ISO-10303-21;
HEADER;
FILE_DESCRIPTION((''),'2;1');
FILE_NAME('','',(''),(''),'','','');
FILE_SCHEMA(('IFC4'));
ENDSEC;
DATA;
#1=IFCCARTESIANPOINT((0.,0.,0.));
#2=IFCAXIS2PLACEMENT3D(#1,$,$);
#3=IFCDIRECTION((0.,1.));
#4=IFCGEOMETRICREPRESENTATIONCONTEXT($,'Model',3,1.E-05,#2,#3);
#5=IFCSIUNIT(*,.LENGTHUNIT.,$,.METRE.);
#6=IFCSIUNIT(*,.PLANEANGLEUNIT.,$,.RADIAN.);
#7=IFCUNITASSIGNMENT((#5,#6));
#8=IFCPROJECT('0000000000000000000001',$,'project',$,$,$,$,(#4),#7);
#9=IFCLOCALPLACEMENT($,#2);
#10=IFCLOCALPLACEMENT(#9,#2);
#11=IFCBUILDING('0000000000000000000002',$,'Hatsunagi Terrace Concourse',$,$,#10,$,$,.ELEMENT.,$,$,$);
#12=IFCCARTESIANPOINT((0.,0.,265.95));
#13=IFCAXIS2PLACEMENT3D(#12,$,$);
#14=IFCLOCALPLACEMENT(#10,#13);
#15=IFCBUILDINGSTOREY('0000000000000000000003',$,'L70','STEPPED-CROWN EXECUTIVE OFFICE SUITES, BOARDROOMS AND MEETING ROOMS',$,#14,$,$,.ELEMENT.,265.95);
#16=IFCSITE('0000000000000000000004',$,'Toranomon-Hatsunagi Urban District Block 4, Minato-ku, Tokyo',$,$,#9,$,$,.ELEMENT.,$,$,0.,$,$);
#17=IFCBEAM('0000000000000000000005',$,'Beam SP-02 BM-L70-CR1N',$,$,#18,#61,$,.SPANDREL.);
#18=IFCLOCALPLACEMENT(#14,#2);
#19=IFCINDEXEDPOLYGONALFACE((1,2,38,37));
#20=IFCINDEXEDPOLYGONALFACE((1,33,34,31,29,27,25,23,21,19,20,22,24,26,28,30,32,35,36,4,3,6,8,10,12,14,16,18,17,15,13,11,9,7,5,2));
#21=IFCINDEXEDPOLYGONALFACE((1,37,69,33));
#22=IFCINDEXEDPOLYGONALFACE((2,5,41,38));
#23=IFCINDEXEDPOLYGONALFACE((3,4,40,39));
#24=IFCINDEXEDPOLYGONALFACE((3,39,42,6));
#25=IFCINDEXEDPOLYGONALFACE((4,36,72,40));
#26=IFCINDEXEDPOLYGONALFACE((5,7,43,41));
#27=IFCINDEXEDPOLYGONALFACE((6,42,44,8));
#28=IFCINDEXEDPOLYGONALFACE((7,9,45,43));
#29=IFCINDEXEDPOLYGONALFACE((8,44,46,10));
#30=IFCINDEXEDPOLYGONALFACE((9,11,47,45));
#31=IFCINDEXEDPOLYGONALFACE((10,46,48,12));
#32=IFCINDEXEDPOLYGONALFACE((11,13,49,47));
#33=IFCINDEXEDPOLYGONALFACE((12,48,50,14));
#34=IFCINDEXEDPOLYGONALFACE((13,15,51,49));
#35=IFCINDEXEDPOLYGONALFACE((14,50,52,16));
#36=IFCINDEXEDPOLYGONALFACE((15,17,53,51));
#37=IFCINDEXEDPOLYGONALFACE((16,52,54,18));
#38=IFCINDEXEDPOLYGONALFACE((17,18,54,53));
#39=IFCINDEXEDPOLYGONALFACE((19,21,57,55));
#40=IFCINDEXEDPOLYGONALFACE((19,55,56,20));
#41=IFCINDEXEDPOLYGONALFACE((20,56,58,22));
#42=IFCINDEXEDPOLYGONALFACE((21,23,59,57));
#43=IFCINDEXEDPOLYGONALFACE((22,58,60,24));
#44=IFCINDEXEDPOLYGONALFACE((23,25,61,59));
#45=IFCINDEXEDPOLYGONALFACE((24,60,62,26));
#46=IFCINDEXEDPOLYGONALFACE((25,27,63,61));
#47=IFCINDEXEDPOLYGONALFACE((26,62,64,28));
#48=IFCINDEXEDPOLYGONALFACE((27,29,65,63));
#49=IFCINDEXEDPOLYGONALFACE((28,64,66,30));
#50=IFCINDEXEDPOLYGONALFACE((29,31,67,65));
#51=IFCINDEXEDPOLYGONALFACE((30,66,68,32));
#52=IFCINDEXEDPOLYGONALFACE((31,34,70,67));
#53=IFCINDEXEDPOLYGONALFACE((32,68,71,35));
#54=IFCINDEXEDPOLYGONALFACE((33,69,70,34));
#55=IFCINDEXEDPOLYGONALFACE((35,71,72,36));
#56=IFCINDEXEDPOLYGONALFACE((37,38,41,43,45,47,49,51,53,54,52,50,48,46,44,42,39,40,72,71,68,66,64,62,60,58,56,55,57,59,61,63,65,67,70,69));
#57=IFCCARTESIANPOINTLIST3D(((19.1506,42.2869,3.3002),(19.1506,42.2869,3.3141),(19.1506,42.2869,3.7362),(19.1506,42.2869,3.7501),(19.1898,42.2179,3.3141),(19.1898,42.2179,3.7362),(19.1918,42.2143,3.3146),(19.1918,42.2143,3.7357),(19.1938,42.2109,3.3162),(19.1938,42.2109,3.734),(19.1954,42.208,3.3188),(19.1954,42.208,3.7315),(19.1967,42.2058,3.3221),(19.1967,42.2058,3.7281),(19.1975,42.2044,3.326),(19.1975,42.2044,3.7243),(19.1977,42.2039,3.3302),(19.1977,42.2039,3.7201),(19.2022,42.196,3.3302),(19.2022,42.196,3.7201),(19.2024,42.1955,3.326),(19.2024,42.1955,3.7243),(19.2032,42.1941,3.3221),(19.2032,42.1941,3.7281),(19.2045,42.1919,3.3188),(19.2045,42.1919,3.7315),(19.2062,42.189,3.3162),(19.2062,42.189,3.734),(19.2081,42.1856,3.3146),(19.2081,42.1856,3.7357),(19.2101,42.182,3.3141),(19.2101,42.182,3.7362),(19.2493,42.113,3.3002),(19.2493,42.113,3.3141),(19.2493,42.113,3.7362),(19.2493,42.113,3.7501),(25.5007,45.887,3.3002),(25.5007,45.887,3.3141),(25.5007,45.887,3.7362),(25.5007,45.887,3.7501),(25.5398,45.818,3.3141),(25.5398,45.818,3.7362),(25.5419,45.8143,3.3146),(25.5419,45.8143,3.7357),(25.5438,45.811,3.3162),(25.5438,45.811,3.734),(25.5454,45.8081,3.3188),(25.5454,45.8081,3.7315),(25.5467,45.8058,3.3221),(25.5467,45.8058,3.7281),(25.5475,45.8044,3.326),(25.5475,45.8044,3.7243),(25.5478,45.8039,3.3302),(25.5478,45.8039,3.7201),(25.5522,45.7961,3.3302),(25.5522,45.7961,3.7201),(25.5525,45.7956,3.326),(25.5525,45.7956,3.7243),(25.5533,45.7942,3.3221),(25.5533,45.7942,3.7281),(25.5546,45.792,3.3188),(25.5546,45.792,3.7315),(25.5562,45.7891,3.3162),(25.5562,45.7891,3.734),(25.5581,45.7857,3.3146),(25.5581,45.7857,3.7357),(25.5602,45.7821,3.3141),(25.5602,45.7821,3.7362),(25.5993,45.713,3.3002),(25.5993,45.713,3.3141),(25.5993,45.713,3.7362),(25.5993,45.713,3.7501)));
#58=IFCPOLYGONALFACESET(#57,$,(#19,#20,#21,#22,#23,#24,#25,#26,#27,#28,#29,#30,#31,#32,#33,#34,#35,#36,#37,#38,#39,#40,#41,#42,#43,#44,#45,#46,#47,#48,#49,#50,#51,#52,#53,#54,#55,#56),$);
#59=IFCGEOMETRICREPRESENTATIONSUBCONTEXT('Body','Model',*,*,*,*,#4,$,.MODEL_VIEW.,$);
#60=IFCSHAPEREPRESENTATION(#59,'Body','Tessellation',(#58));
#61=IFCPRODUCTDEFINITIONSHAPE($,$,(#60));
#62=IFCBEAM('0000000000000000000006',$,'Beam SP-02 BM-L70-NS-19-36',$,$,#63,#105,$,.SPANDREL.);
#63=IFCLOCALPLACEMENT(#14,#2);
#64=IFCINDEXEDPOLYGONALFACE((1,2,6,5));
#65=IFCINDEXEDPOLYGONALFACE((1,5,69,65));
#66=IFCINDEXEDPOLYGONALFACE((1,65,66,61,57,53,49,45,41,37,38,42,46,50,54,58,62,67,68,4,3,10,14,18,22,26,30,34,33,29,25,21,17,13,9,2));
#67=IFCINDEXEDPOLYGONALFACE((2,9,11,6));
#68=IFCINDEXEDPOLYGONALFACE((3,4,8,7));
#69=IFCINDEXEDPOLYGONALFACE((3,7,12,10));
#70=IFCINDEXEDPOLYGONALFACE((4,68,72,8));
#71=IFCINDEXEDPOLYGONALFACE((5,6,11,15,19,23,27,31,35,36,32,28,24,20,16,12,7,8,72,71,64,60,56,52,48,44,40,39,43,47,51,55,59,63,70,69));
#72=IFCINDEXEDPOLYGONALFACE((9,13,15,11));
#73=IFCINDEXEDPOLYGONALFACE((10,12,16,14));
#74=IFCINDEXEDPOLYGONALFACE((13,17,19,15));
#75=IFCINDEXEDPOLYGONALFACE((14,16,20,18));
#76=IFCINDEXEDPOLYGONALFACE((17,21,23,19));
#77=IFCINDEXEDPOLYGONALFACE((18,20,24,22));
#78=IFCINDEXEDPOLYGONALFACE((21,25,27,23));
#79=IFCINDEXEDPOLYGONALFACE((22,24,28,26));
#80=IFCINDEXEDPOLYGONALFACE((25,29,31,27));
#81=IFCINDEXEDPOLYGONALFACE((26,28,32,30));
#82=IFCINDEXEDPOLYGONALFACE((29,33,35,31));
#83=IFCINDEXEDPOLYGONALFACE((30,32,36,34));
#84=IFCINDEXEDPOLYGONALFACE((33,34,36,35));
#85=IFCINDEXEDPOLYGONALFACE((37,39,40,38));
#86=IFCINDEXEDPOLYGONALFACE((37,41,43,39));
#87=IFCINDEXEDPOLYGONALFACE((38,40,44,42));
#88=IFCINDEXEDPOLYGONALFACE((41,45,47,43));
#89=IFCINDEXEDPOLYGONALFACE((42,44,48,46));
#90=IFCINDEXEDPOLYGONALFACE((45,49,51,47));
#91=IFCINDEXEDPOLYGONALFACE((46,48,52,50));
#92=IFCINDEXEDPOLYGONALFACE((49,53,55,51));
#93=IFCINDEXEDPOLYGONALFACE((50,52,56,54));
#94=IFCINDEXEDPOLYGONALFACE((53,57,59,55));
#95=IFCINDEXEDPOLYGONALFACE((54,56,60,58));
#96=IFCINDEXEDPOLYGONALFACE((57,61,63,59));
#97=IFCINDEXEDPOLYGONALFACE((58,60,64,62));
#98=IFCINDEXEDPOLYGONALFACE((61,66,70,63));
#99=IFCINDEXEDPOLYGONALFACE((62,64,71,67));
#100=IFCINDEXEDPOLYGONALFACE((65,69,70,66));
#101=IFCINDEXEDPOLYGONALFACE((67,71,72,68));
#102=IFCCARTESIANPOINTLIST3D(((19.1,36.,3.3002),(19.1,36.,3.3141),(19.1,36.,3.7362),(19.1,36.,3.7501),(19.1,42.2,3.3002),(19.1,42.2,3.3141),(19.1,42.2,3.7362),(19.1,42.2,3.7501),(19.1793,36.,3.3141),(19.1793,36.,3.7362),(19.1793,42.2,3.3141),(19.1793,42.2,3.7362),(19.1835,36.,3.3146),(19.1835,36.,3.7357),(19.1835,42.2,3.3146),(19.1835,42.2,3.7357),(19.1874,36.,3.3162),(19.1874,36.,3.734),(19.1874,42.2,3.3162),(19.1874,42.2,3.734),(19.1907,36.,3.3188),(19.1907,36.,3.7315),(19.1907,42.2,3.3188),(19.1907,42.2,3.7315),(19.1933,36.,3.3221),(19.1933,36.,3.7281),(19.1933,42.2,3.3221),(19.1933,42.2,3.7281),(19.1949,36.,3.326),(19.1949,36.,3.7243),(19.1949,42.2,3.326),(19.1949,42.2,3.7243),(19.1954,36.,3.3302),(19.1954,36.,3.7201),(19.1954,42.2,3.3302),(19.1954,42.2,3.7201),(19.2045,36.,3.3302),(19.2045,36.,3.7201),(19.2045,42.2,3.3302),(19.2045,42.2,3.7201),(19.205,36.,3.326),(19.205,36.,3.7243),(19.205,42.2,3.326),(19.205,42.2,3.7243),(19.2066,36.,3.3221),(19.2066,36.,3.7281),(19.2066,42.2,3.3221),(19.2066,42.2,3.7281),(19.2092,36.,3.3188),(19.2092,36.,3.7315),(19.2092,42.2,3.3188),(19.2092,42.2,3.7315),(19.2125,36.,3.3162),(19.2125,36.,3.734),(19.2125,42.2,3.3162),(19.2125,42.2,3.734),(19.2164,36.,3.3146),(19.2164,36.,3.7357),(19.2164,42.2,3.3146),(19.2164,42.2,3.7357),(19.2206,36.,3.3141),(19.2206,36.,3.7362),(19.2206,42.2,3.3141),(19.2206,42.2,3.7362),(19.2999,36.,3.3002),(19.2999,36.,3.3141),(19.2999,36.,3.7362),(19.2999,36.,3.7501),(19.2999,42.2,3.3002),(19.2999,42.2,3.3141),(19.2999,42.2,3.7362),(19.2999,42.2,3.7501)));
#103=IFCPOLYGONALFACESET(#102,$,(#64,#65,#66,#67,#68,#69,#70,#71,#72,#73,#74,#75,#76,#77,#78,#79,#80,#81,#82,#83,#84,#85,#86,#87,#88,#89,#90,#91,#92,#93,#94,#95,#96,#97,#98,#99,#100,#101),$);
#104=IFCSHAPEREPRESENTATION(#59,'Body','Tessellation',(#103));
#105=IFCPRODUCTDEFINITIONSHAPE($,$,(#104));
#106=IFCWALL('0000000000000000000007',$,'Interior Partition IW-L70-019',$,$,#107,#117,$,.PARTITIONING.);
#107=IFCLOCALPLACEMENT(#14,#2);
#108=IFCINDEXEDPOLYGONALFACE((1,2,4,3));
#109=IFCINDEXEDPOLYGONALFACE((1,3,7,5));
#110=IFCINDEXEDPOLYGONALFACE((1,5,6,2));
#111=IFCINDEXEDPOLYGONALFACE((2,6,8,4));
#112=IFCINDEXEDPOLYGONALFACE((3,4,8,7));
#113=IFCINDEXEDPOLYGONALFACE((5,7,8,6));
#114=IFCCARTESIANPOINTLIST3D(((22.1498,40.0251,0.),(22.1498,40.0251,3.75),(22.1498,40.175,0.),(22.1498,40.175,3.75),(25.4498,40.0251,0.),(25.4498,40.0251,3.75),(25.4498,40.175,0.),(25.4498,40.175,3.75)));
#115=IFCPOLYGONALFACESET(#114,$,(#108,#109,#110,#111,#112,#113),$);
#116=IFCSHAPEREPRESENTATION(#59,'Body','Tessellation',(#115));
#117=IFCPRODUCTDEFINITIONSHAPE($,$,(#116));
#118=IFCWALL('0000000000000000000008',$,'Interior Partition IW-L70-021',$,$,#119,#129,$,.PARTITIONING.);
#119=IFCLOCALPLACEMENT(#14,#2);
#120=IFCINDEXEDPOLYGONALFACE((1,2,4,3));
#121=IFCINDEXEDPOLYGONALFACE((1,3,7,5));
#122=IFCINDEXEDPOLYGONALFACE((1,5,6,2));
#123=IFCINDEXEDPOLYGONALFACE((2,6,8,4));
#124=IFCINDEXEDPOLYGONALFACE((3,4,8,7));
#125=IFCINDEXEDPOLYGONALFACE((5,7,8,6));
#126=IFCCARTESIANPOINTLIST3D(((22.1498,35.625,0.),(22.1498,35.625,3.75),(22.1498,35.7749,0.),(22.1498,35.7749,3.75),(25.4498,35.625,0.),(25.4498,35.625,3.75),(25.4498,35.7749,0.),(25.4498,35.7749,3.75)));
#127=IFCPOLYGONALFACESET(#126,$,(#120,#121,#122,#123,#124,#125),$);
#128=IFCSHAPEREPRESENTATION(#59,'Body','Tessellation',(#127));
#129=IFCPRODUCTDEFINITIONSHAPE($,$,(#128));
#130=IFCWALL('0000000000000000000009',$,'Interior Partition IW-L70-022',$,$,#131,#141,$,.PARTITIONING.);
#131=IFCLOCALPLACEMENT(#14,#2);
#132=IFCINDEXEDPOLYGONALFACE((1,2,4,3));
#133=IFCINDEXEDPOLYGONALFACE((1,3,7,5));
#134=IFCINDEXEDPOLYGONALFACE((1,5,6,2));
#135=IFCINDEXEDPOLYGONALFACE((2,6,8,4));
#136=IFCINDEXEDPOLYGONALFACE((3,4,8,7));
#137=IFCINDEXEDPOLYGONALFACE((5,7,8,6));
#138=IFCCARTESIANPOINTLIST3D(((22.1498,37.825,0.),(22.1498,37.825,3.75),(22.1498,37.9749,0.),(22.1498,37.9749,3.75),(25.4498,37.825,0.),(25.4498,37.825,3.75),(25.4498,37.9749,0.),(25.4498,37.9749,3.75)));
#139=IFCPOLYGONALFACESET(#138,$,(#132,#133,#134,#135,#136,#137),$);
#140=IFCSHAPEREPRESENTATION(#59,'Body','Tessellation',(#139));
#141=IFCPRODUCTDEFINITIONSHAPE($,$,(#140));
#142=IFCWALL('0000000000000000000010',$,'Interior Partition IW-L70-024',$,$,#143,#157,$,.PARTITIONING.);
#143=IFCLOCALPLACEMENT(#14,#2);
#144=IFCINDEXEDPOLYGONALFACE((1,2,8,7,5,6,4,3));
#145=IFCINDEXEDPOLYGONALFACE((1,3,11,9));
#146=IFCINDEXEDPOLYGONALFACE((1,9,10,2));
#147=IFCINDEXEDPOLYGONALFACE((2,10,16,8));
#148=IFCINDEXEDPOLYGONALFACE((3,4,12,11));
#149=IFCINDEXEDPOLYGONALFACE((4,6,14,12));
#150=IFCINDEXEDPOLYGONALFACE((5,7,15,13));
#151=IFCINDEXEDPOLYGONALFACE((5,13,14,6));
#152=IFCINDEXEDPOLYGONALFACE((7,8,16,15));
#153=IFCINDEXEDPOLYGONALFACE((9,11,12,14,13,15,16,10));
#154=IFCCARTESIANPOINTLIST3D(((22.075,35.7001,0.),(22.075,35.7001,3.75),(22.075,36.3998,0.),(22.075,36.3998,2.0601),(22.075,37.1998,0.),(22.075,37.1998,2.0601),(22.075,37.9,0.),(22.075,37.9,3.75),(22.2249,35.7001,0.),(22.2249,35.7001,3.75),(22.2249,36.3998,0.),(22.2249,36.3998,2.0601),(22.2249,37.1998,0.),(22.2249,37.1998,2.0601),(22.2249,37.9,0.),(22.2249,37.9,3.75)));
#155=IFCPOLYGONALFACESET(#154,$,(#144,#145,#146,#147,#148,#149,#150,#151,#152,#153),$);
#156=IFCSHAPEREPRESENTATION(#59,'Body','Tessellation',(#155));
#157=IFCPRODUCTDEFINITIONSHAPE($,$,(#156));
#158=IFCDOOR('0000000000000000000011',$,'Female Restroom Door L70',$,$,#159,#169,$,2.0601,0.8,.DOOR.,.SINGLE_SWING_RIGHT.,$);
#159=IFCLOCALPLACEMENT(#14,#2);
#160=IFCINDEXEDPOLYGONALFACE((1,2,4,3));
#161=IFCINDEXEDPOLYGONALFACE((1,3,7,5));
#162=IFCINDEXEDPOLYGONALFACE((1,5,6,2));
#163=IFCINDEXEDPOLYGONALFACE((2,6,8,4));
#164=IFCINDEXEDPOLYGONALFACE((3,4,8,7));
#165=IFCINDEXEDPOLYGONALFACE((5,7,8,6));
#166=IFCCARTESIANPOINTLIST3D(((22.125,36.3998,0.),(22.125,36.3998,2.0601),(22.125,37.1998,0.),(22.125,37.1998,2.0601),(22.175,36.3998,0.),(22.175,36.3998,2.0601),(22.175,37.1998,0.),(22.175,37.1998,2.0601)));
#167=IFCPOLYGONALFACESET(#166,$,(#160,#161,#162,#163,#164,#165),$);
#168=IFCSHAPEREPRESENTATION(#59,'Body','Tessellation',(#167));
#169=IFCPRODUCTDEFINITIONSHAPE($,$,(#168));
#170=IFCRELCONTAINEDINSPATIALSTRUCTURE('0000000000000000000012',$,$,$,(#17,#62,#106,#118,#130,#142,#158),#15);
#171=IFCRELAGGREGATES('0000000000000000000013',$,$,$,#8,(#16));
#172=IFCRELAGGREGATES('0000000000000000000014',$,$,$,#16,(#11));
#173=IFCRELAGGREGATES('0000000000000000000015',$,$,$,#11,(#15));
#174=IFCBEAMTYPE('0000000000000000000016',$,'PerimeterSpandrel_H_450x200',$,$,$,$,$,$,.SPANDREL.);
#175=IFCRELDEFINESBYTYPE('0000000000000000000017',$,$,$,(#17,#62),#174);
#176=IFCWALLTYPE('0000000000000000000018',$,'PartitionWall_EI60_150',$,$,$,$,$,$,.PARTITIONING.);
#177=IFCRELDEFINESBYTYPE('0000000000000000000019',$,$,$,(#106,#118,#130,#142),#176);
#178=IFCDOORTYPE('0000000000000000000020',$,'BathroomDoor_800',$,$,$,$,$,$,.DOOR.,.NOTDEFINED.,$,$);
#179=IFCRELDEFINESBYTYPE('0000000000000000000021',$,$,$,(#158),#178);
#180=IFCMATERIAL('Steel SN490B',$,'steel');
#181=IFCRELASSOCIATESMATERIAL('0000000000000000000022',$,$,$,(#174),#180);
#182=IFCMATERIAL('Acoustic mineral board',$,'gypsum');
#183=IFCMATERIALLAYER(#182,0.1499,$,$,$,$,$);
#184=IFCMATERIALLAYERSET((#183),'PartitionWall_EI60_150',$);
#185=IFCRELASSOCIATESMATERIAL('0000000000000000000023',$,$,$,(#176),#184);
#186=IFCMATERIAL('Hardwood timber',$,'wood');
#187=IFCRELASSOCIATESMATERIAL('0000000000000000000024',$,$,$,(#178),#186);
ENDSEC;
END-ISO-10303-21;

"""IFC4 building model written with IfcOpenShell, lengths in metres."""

from ifc_helpers import new_model, si_unit, direction, frame, frame_2d, origin, origin_2d, place, context, subcontext, project, spatial, rectangle, i_section, extrude, material, layer, layer_set, material_profile, profile_set, type_object, element, fill, save


model = new_model("IFC4")

# Units and contexts
model_context = context("Model", 3, precision=1e-05, world=origin(), true_north=direction((0.0, 1.0)))
body_context = subcontext(model_context, "Body", "Model", "MODEL_VIEW")
ifc_project = project(units=[si_unit("LENGTHUNIT", "METRE"), si_unit("PLANEANGLEUNIT", "RADIAN")], contexts=[model_context])

# Site, building, storey
site_placement = place(None, origin())
site = spatial("IfcSite", under=ifc_project, at=site_placement, Name="Toranomon-Hatsunagi Urban District Block 4, Minato-ku, Tokyo", CompositionType="ELEMENT", RefElevation=0.0)
building_placement = place(site_placement, origin())
building = spatial("IfcBuilding", under=site, at=building_placement, Name="Hatsunagi Terrace Concourse", CompositionType="ELEMENT")
storey_placement = place(building_placement, frame((0.0, 0.0, 265.95)))
storey = spatial("IfcBuildingStorey", under=building, at=storey_placement, Name="L70", Description="STEPPED-CROWN EXECUTIVE OFFICE SUITES, BOARDROOMS AND MEETING ROOMS", CompositionType="ELEMENT", Elevation=265.95)

# Beams
ifc_material_1 = material(Name="Steel SN490B", Category="steel")
ifc_material_profile_1 = material_profile(ifc_material_1, i_section(OverallWidth=0.2, OverallDepth=0.45, WebThickness=0.009, FlangeThickness=0.0139, FilletRadius=0.0161, at=origin_2d()), Name="H-450x200x9x14")
ifc_profile_set_1 = profile_set([ifc_material_profile_1], Name="Steel SN490B")
beam_type_1 = type_object("IfcBeamType", Name="PerimeterSpandrel_H_450x200", PredefinedType="SPANDREL", material=ifc_profile_set_1)
beam_1_placement = place(storey_placement, frame((19.2, 42.2, 3.5251), z_axis=(0.869922, 0.49319, 0.0), x_axis=(-0.49319, 0.869922, 0.0)))
element("IfcBeam", 1, at=beam_1_placement, inside=storey, type_object=beam_type_1, Name="Beam SP-02 BM-L70-CR1N", PredefinedType="SPANDREL", context=body_context, shape_type="SweptSolid", body=[
    extrude(i_section(OverallWidth=0.2, OverallDepth=0.45, WebThickness=0.009, FlangeThickness=0.0139, FilletRadius=0.0161, at=origin_2d()), origin(), (0.0, 0.0, 1.0), 7.2996),
])
beam_2_placement = place(storey_placement, frame((19.2, 36.0, 3.5251), z_axis=(0.0, 1.0, 0.0), x_axis=(-1.0, 0.0, 0.0)))
element("IfcBeam", 2, at=beam_2_placement, inside=storey, type_object=beam_type_1, Name="Beam SP-02 BM-L70-NS-19-36", PredefinedType="SPANDREL", context=body_context, shape_type="SweptSolid", body=[
    extrude(i_section(OverallWidth=0.2, OverallDepth=0.45, WebThickness=0.009, FlangeThickness=0.0139, FilletRadius=0.0161, at=origin_2d()), origin(), (0.0, 0.0, 1.0), 6.2),
])

# Walls
ifc_material_2 = material(Name="Acoustic mineral board", Category="gypsum")
ifc_layer_1 = layer(ifc_material_2, 0.1499)
ifc_layer_set_1 = layer_set([ifc_layer_1], Name="PartitionWall_EI60_150")
wall_type = type_object("IfcWallType", Name="PartitionWall_EI60_150", PredefinedType="PARTITIONING", material=ifc_layer_set_1)
for number, where, z_axis, x_axis, name in (
    (3, (22.1499, 40.1001, 0.0), (0.0, 0.0, 1.0), (1.0, 0.0, 0.0), "Interior Partition IW-L70-019"),
    (4, (22.1499, 35.7, 0.0), (0.0, 0.0, 1.0), (1.0, 0.0, 0.0), "Interior Partition IW-L70-021"),
    (5, (22.1499, 37.8999, 0.0), (0.0, 0.0, 1.0), (1.0, 0.0, 0.0), "Interior Partition IW-L70-022"),
):
    element("IfcWall", number, at=place(storey_placement, frame(where, z_axis=z_axis, x_axis=x_axis)), inside=storey, type_object=wall_type, Name=name, PredefinedType="PARTITIONING", context=body_context, shape_type="SweptSolid", body=[
        extrude(rectangle(XDim=3.3, YDim=0.1499, at=frame_2d((1.6499, 0.0))), origin(), (0.0, 0.0, 1.0), 3.75),
    ])

# Wall, opening, door
wall_1_placement = place(storey_placement, frame((22.1499, 35.7, 0.0), z_axis=(0.0, 0.0, 1.0), x_axis=(0.0, 1.0, 0.0)))
wall_1 = element("IfcWall", 6, at=wall_1_placement, inside=storey, type_object=wall_type, Name="Interior Partition IW-L70-024", PredefinedType="PARTITIONING", context=body_context, shape_type="SweptSolid", body=[
    extrude(rectangle(XDim=2.2, YDim=0.1499, at=frame_2d((1.1001, 0.0))), origin(), (0.0, 0.0, 1.0), 3.75),
])
opening_1_placement = place(wall_1_placement, frame((0.7, 0.0, 0.0)))
opening_1 = element("IfcOpeningElement", 7, at=opening_1_placement, cuts=wall_1, PredefinedType="OPENING", context=body_context, shape_type="SweptSolid", body=[
    extrude(rectangle(XDim=0.8, YDim=2.0601, at=frame_2d((0.3999, 1.03))), frame((0.0, 0.085, 0.0), z_axis=(0.0, -1.0, 0.0), x_axis=(1.0, 0.0, 0.0)), (0.0, 0.0, 1.0), 0.1699),
])
ifc_material_3 = material(Name="Hardwood timber", Category="wood")
door_type_1 = type_object("IfcDoorType", Name="BathroomDoor_800", OperationType="NOTDEFINED", PredefinedType="DOOR", material=ifc_material_3)
door_1_placement = place(opening_1_placement, origin())
door_1 = element("IfcDoor", 8, at=door_1_placement, inside=storey, type_object=door_type_1, Name="Female Restroom Door L70", OperationType="SINGLE_SWING_RIGHT", OverallHeight=2.0601, OverallWidth=0.8, PredefinedType="DOOR", context=body_context, shape_type="SweptSolid", body=[
    extrude(rectangle(XDim=0.8, YDim=2.0601, at=frame_2d((0.3999, 1.03))), frame((0.0, 0.0249, 0.0), z_axis=(0.0, -1.0, 0.0), x_axis=(1.0, 0.0, 0.0)), (0.0, 0.0, 1.0), 0.05),
])
fill(opening_1, door_1)

save(model, "model.ifc")
